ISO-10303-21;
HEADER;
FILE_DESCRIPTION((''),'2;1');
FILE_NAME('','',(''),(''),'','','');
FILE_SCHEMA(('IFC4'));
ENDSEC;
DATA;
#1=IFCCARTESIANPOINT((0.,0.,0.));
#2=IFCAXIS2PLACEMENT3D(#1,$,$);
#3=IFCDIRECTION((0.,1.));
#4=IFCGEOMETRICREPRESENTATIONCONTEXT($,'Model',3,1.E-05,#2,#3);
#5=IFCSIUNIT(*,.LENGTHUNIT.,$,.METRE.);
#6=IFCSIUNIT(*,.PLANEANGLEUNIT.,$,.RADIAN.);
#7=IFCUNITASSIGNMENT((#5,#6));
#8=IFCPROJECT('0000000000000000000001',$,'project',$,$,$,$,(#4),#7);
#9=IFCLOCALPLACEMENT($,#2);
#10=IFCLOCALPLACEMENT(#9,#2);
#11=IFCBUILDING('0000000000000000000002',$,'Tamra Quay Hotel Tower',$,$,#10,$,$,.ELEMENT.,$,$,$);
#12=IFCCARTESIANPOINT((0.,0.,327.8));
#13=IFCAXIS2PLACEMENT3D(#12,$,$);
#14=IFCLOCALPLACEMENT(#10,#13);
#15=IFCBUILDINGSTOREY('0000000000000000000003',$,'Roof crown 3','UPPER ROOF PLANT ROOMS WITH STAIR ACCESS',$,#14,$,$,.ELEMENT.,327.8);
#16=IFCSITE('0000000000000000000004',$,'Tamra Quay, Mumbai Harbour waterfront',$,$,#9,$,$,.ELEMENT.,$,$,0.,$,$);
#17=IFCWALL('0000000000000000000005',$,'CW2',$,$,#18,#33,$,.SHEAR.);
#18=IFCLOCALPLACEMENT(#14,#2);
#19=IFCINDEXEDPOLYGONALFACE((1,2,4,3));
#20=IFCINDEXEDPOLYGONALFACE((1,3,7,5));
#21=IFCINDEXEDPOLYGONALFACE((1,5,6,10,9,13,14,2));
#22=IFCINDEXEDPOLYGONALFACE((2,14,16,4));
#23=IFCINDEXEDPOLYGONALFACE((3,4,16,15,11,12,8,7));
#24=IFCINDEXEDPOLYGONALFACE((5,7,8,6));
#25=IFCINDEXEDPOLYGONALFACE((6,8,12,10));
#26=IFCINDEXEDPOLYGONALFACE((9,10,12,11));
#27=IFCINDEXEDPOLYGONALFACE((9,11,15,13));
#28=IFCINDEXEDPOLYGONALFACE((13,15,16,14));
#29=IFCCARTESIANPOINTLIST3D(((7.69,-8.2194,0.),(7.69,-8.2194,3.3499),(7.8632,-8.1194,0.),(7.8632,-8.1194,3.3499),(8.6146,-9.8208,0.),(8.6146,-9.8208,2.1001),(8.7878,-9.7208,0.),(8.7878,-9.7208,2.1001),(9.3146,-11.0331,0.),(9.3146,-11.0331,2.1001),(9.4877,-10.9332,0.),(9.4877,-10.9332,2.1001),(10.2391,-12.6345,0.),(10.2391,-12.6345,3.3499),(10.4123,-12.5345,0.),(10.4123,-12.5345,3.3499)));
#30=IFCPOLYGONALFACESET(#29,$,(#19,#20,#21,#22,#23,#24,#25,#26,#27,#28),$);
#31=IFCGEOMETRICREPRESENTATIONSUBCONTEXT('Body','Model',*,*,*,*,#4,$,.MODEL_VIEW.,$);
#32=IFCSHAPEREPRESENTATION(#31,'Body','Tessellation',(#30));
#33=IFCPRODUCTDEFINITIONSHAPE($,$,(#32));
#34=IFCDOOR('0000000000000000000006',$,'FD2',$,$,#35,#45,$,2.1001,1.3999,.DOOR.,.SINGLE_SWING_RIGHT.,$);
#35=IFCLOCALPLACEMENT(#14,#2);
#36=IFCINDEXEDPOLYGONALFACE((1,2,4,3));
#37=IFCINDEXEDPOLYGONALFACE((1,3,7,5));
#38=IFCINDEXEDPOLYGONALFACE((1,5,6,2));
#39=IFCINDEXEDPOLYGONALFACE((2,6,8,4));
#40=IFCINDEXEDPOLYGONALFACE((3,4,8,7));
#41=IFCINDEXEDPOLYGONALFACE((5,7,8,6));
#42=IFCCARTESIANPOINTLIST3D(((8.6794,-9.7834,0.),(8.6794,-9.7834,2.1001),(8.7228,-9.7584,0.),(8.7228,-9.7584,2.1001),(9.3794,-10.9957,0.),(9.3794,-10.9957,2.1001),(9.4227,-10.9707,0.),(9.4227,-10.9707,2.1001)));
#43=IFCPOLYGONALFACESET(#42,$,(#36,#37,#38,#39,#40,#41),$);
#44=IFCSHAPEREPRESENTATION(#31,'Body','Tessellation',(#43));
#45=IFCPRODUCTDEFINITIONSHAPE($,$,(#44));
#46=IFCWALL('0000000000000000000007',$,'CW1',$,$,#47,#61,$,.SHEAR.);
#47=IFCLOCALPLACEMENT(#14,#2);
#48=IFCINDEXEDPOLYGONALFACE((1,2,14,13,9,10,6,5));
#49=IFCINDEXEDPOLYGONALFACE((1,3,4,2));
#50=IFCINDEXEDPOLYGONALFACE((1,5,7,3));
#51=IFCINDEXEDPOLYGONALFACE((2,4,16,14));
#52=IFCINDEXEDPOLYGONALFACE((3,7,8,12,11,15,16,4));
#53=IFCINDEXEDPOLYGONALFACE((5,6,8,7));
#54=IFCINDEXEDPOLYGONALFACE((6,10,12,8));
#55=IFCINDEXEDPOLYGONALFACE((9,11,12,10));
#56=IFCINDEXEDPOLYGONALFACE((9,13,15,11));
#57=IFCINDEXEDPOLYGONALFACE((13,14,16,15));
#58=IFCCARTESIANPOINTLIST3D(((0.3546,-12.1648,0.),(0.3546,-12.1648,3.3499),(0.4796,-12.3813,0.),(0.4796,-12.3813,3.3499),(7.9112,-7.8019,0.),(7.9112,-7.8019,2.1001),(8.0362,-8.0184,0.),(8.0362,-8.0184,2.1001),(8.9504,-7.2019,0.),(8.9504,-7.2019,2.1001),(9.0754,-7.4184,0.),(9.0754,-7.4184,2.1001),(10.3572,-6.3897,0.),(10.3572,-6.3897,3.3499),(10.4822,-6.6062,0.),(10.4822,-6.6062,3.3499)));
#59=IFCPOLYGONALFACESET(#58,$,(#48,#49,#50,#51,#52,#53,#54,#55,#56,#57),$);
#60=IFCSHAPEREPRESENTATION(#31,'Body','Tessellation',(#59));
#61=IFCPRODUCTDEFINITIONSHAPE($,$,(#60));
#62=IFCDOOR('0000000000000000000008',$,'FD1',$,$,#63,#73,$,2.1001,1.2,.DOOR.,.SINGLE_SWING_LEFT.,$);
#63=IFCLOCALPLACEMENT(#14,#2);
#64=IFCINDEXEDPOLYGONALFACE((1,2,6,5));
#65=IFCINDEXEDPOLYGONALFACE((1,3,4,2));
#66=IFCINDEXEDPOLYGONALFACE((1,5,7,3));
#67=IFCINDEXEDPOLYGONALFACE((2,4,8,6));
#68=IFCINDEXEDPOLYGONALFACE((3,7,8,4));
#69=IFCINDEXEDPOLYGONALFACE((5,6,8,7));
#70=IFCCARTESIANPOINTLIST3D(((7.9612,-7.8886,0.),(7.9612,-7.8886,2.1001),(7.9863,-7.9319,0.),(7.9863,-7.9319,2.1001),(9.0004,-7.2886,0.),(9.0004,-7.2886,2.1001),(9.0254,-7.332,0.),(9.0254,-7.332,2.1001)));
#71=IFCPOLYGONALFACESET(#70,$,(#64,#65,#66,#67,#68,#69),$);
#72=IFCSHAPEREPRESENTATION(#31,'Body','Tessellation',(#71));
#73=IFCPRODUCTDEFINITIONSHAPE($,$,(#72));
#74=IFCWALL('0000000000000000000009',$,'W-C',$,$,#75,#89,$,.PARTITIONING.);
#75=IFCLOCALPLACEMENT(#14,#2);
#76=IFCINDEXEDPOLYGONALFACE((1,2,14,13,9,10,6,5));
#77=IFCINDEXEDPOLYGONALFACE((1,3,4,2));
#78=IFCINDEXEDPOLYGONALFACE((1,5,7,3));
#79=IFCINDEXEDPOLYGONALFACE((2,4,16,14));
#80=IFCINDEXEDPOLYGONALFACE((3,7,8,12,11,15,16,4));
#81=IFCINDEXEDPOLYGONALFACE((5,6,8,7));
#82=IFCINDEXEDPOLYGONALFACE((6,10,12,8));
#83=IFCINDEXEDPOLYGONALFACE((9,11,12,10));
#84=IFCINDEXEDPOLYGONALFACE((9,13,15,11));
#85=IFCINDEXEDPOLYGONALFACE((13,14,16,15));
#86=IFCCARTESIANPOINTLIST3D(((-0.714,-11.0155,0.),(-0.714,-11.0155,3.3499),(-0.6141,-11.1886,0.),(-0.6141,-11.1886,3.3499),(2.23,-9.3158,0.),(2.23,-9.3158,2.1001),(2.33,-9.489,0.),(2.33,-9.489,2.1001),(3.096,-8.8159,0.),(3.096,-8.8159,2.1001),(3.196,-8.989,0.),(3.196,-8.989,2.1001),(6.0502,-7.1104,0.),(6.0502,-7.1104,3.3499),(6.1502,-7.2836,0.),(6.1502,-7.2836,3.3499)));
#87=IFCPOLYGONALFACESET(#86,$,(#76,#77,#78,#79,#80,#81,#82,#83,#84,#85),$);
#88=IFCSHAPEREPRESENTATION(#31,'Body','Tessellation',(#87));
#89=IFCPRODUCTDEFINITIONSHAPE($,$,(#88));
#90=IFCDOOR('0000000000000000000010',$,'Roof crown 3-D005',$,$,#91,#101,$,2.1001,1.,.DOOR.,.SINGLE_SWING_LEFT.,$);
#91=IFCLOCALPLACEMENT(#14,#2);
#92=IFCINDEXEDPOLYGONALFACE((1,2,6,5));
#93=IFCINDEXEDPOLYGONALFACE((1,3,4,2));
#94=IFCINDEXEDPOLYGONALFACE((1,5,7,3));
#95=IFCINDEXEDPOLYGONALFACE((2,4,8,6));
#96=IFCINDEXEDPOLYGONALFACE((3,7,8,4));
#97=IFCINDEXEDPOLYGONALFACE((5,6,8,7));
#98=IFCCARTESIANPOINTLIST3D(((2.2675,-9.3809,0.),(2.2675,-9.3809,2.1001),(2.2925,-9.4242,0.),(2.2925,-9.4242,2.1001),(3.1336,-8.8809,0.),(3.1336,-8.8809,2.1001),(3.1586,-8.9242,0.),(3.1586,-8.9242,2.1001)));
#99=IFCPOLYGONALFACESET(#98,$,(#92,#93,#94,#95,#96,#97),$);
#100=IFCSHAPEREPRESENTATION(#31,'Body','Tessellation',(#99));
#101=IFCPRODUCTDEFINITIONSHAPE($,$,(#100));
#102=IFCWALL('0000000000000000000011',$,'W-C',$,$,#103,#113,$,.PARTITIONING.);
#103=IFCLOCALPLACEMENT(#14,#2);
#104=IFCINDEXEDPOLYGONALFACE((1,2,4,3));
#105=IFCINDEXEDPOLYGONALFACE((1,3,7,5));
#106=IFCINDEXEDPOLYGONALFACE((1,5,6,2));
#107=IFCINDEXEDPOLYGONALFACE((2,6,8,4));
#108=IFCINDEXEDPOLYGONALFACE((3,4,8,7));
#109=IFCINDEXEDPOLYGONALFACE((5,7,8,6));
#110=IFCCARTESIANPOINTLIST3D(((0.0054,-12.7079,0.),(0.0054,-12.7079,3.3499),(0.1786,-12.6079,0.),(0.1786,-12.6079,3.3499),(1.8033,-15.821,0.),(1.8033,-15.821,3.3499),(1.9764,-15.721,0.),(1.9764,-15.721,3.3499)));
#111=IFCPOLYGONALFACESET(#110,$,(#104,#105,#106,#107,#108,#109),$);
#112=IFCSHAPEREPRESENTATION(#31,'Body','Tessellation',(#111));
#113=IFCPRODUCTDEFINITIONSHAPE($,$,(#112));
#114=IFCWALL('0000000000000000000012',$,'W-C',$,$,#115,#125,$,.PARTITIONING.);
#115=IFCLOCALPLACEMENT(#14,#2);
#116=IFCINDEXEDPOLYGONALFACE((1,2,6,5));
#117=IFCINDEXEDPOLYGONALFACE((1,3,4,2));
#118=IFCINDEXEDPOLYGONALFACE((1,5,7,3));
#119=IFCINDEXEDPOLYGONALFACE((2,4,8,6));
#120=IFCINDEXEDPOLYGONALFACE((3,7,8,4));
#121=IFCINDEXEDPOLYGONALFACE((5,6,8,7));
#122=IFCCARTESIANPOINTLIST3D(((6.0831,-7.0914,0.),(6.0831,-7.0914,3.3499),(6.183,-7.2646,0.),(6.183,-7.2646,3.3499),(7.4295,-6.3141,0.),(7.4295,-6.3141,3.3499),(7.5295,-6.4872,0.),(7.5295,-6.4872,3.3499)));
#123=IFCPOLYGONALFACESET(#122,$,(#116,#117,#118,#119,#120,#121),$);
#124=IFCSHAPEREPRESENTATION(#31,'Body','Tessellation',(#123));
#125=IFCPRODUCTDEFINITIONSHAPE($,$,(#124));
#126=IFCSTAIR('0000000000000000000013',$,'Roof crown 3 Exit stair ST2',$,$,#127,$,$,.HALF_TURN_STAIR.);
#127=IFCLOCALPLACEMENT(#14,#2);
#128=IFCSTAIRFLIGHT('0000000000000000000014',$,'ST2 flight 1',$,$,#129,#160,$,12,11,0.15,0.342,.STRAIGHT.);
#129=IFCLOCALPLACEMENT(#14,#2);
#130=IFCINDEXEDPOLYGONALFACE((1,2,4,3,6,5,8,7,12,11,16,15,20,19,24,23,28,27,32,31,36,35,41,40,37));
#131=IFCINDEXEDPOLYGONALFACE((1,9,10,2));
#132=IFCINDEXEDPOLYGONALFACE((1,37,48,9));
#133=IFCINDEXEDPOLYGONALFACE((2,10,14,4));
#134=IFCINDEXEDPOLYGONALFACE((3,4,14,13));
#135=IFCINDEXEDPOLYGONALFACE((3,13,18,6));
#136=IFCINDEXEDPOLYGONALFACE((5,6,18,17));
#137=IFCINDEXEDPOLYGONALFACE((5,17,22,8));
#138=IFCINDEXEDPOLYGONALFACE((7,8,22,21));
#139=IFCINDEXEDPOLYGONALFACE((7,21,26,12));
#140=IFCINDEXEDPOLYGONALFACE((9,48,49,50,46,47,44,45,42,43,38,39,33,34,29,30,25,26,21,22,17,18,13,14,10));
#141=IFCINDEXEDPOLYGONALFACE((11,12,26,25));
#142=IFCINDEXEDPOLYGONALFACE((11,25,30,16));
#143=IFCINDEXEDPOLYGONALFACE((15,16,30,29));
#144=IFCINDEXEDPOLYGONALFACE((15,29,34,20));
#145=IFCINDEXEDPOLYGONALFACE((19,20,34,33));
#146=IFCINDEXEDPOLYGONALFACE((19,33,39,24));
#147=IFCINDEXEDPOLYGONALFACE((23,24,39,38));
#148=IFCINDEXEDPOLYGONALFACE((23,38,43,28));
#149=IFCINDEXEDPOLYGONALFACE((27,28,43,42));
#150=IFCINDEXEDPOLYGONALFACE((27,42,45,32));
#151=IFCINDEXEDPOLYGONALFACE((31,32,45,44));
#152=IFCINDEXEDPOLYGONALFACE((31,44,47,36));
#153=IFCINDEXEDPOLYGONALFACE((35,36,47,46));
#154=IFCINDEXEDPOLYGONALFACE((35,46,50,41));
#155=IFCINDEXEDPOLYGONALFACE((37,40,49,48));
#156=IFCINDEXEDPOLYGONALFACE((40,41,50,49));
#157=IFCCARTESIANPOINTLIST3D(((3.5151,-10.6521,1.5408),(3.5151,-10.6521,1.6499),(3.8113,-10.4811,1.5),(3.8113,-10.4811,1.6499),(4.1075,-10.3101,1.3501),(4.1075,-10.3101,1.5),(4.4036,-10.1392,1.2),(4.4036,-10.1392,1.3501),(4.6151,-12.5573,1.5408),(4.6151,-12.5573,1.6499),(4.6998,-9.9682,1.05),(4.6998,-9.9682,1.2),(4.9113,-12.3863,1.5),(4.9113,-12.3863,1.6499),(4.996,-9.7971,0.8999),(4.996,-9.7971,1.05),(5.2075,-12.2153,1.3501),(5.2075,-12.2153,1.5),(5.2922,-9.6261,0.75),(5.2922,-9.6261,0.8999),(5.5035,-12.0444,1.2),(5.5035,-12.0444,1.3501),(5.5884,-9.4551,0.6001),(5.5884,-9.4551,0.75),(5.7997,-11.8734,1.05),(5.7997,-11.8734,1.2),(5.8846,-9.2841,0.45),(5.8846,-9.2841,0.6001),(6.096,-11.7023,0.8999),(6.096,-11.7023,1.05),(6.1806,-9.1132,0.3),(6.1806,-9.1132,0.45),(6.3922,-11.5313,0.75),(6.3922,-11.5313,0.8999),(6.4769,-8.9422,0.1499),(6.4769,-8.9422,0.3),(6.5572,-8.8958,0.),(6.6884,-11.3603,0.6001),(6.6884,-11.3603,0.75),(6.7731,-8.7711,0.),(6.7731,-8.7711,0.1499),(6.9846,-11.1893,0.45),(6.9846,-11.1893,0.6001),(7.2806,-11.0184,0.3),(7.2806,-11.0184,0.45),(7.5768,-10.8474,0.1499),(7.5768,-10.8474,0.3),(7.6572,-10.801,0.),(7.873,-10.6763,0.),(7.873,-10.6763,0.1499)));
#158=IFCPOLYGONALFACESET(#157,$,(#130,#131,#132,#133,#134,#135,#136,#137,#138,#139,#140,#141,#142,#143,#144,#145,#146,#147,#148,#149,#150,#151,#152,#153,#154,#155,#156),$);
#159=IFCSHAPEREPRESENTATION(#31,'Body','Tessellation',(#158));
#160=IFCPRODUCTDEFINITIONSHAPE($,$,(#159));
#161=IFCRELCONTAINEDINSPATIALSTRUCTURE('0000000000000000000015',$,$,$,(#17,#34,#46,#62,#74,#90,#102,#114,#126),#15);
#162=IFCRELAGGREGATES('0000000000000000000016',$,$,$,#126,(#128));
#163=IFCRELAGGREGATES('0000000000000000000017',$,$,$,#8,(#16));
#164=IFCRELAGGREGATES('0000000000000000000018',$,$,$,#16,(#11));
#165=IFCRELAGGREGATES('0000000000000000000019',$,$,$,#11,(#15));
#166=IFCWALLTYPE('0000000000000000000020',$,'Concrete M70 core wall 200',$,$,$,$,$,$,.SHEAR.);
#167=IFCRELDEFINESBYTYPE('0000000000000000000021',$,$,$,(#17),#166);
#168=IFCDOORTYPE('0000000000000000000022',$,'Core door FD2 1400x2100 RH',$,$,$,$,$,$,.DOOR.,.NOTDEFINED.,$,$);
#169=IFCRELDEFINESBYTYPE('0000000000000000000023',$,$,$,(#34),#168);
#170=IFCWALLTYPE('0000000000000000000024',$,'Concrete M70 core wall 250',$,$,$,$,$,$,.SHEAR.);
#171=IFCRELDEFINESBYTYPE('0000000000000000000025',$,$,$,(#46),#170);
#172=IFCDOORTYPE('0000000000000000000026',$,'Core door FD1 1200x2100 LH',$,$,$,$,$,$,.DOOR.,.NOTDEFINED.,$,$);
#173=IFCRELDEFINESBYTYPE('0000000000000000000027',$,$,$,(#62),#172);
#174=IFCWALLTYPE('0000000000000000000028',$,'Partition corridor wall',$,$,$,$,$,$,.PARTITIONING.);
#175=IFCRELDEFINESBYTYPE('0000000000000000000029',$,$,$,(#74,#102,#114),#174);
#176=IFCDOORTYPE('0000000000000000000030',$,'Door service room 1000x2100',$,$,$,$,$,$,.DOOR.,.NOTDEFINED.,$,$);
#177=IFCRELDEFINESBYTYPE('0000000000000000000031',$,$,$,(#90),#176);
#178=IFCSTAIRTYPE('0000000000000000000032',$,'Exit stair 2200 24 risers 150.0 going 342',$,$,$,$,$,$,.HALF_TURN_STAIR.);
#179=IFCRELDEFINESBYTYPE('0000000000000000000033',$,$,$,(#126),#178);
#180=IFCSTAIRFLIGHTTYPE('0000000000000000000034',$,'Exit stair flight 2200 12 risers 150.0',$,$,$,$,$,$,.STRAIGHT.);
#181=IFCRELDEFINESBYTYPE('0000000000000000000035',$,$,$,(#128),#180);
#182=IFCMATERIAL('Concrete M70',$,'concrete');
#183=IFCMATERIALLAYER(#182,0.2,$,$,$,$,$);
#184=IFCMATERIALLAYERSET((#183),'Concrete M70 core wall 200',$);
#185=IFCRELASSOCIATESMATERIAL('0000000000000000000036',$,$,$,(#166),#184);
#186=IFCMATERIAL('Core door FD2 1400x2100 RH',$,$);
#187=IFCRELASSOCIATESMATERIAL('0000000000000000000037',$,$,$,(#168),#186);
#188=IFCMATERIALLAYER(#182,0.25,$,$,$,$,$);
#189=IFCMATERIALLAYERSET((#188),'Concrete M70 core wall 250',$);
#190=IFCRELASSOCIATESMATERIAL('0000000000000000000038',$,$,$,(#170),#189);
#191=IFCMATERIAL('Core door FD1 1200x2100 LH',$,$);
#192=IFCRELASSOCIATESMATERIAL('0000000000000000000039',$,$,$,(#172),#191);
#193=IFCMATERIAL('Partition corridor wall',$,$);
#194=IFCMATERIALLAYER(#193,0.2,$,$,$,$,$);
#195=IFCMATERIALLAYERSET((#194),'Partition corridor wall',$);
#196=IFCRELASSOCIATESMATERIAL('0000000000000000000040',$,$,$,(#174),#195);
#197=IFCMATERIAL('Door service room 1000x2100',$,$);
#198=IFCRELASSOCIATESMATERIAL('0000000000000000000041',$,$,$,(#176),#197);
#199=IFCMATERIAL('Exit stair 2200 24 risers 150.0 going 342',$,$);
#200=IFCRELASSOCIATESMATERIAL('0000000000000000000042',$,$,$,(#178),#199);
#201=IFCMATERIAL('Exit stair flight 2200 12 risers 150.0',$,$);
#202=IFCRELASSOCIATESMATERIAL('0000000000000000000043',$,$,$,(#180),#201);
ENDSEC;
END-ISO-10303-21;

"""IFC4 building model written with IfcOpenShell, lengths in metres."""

from ifc_helpers import new_model, si_unit, direction, frame, frame_2d, origin, place, context, subcontext, project, spatial, polyline, rectangle, outline, extrude, material, layer, layer_set, type_object, element, fill, aggregate, save


model = new_model("IFC4")

# Units and contexts
model_context = context("Model", 3, precision=1e-05, world=origin(), true_north=direction((0.0, 1.0)))
body_context = subcontext(model_context, "Body", "Model", "MODEL_VIEW")
ifc_project = project(units=[si_unit("LENGTHUNIT", "METRE"), si_unit("PLANEANGLEUNIT", "RADIAN")], contexts=[model_context])

# Site, building, storey
site_placement = place(None, origin())
site = spatial("IfcSite", under=ifc_project, at=site_placement, Name="Tamra Quay, Mumbai Harbour waterfront", CompositionType="ELEMENT", RefElevation=0.0)
building_placement = place(site_placement, origin())
building = spatial("IfcBuilding", under=site, at=building_placement, Name="Tamra Quay Hotel Tower", CompositionType="ELEMENT")
storey_placement = place(building_placement, frame((0.0, 0.0, 327.8)))
storey = spatial("IfcBuildingStorey", under=building, at=storey_placement, Name="Roof crown 3", Description="UPPER ROOF PLANT ROOMS WITH STAIR ACCESS", CompositionType="ELEMENT", Elevation=327.8)

# Walls, openings, doors
ifc_material_1 = material(Name="Concrete M70", Category="concrete")
ifc_layer_1 = layer(ifc_material_1, 0.2)
ifc_layer_set_1 = layer_set([ifc_layer_1], Name="Concrete M70 core wall 200")
wall_type_1 = type_object("IfcWallType", Name="Concrete M70 core wall 200", PredefinedType="SHEAR", material=ifc_layer_set_1)
wall_1_placement = place(storey_placement, frame((7.7766, -8.1694, 0.0), z_axis=(0.0, 0.0, 1.0), x_axis=(0.500007, -0.866021, 0.0)))
wall_1 = element("IfcWall", 1, at=wall_1_placement, inside=storey, type_object=wall_type_1, Name="CW2", PredefinedType="SHEAR", context=body_context, shape_type="SweptSolid", body=[
    extrude(rectangle(XDim=5.0981, YDim=0.2, at=frame_2d((2.5491, 0.0))), origin(), (0.0, 0.0, 1.0), 3.3499),
])
opening_1_placement = place(wall_1_placement, frame((1.8491, 0.0, 0.0)))
opening_1 = element("IfcOpeningElement", 2, at=opening_1_placement, cuts=wall_1, PredefinedType="OPENING", context=body_context, shape_type="SweptSolid", body=[
    extrude(rectangle(XDim=1.3999, YDim=2.1001, at=frame_2d((0.7, 1.05))), frame((0.0, 0.1099, 0.0), z_axis=(0.0, -1.0, 0.0), x_axis=(1.0, 0.0, 0.0)), (0.0, 0.0, 1.0), 0.22),
])
ifc_material_2 = material(Name="Core door FD2 1400x2100 RH")
door_type_1 = type_object("IfcDoorType", Name="Core door FD2 1400x2100 RH", OperationType="NOTDEFINED", PredefinedType="DOOR", material=ifc_material_2)
door_1_placement = place(opening_1_placement, origin())
door_1 = element("IfcDoor", 3, at=door_1_placement, inside=storey, type_object=door_type_1, Name="FD2", OperationType="SINGLE_SWING_RIGHT", OverallHeight=2.1001, OverallWidth=1.3999, PredefinedType="DOOR", context=body_context, shape_type="SweptSolid", body=[
    extrude(rectangle(XDim=1.3999, YDim=2.1001, at=frame_2d((0.7, 1.05))), frame((0.0, 0.0249, 0.0), z_axis=(0.0, -1.0, 0.0), x_axis=(1.0, 0.0, 0.0)), (0.0, 0.0, 1.0), 0.05),
])
fill(opening_1, door_1)
ifc_layer_2 = layer(ifc_material_1, 0.25)
ifc_layer_set_2 = layer_set([ifc_layer_2], Name="Concrete M70 core wall 250")
wall_type_2 = type_object("IfcWallType", Name="Concrete M70 core wall 250", PredefinedType="SHEAR", material=ifc_layer_set_2)
wall_2_placement = place(storey_placement, frame((0.4172, -12.2729, 0.0), z_axis=(0.0, 0.0, 1.0), x_axis=(0.866022, 0.500006, 0.0)))
wall_2 = element("IfcWall", 4, at=wall_2_placement, inside=storey, type_object=wall_type_2, Name="CW1", PredefinedType="SHEAR", context=body_context, shape_type="SweptSolid", body=[
    extrude(rectangle(XDim=11.55, YDim=0.25, at=frame_2d((5.7749, 0.0))), origin(), (0.0, 0.0, 1.0), 3.3499),
])
opening_2_placement = place(wall_2_placement, frame((8.7253, 0.0, 0.0)))
opening_2 = element("IfcOpeningElement", 5, at=opening_2_placement, cuts=wall_2, PredefinedType="OPENING", context=body_context, shape_type="SweptSolid", body=[
    extrude(rectangle(XDim=1.2, YDim=2.1001, at=frame_2d((0.6001, 1.05))), frame((0.0, 0.135, 0.0), z_axis=(0.0, -1.0, 0.0), x_axis=(1.0, 0.0, 0.0)), (0.0, 0.0, 1.0), 0.27),
])
ifc_material_3 = material(Name="Core door FD1 1200x2100 LH")
door_type_2 = type_object("IfcDoorType", Name="Core door FD1 1200x2100 LH", OperationType="NOTDEFINED", PredefinedType="DOOR", material=ifc_material_3)
door_2_placement = place(opening_2_placement, origin())
door_2 = element("IfcDoor", 6, at=door_2_placement, inside=storey, type_object=door_type_2, Name="FD1", OperationType="SINGLE_SWING_LEFT", OverallHeight=2.1001, OverallWidth=1.2, PredefinedType="DOOR", context=body_context, shape_type="SweptSolid", body=[
    extrude(rectangle(XDim=1.2, YDim=2.1001, at=frame_2d((0.6001, 1.05))), frame((0.0, 0.0249, 0.0), z_axis=(0.0, -1.0, 0.0), x_axis=(1.0, 0.0, 0.0)), (0.0, 0.0, 1.0), 0.05),
])
fill(opening_2, door_2)
ifc_material_4 = material(Name="Partition corridor wall")
ifc_layer_3 = layer(ifc_material_4, 0.2)
ifc_layer_set_3 = layer_set([ifc_layer_3], Name="Partition corridor wall")
wall_type_3 = type_object("IfcWallType", Name="Partition corridor wall", PredefinedType="PARTITIONING", material=ifc_layer_set_3)
wall_3_placement = place(storey_placement, frame((-0.6641, -11.1021, 0.0), z_axis=(0.0, 0.0, 1.0), x_axis=(0.86604, 0.499975, 0.0)))
wall_3 = element("IfcWall", 7, at=wall_3_placement, inside=storey, type_object=wall_type_3, Name="W-C", PredefinedType="PARTITIONING", context=body_context, shape_type="SweptSolid", body=[
    extrude(rectangle(XDim=7.8105, YDim=0.2, at=frame_2d((3.9053, 0.0))), origin(), (0.0, 0.0, 1.0), 3.3499),
])
opening_3_placement = place(wall_3_placement, frame((3.3994, 0.0, 0.0)))
opening_3 = element("IfcOpeningElement", 8, at=opening_3_placement, cuts=wall_3, PredefinedType="OPENING", context=body_context, shape_type="SweptSolid", body=[
    extrude(rectangle(XDim=1.0, YDim=2.1001, at=frame_2d((0.5, 1.05))), frame((0.0, 0.1099, 0.0), z_axis=(0.0, -1.0, 0.0), x_axis=(1.0, 0.0, 0.0)), (0.0, 0.0, 1.0), 0.22),
])
ifc_material_5 = material(Name="Door service room 1000x2100")
door_type_3 = type_object("IfcDoorType", Name="Door service room 1000x2100", OperationType="NOTDEFINED", PredefinedType="DOOR", material=ifc_material_5)
door_3_placement = place(opening_3_placement, origin())
door_3 = element("IfcDoor", 9, at=door_3_placement, inside=storey, type_object=door_type_3, Name="Roof crown 3-D005", OperationType="SINGLE_SWING_LEFT", OverallHeight=2.1001, OverallWidth=1.0, PredefinedType="DOOR", context=body_context, shape_type="SweptSolid", body=[
    extrude(rectangle(XDim=1.0, YDim=2.1001, at=frame_2d((0.5, 1.05))), frame((0.0, 0.0249, 0.0), z_axis=(0.0, -1.0, 0.0), x_axis=(1.0, 0.0, 0.0)), (0.0, 0.0, 1.0), 0.05),
])
fill(opening_3, door_3)

# Walls
wall_4_placement = place(storey_placement, frame((0.092, -12.658, 0.0), z_axis=(0.0, 0.0, 1.0), x_axis=(0.500112, -0.865961, 0.0)))
element("IfcWall", 10, at=wall_4_placement, inside=storey, type_object=wall_type_3, Name="W-C", PredefinedType="PARTITIONING", context=body_context, shape_type="SweptSolid", body=[
    extrude(rectangle(XDim=3.595, YDim=0.2, at=frame_2d((1.7974, 0.0))), origin(), (0.0, 0.0, 1.0), 3.3499),
])
wall_5_placement = place(storey_placement, frame((6.1331, -7.178, 0.0), z_axis=(0.0, 0.0, 1.0), x_axis=(0.866031, 0.49999, 0.0)))
element("IfcWall", 11, at=wall_5_placement, inside=storey, type_object=wall_type_3, Name="W-C", PredefinedType="PARTITIONING", context=body_context, shape_type="SweptSolid", body=[
    extrude(rectangle(XDim=1.5547, YDim=0.2, at=frame_2d((0.7773, 0.0))), origin(), (0.0, 0.0, 1.0), 3.3499),
])

# Stair, stair flight
ifc_material_6 = material(Name="Exit stair 2200 24 risers 150.0 going 342")
stair_type = type_object("IfcStairType", Name="Exit stair 2200 24 risers 150.0 going 342", PredefinedType="HALF_TURN_STAIR", material=ifc_material_6)
stair_placement = place(storey_placement, origin())
stair = element("IfcStair", 12, at=stair_placement, inside=storey, type_object=stair_type, Name="Roof crown 3 Exit stair ST2", PredefinedType="HALF_TURN_STAIR")
ifc_material_7 = material(Name="Exit stair flight 2200 12 risers 150.0")
stair_flight_type = type_object("IfcStairFlightType", Name="Exit stair flight 2200 12 risers 150.0", PredefinedType="STRAIGHT", material=ifc_material_7)
stair_flight_placement = place(storey_placement, frame((7.323, -9.7236, 0.0), z_axis=(0.0, 0.0, 1.0), x_axis=(-0.866025, -0.5, 0.0)))
stair_flight = element("IfcStairFlight", 13, at=stair_flight_placement, type_object=stair_flight_type, Name="ST2 flight 1", NumberOfRisers=12, NumberOfTreads=11, PredefinedType="STRAIGHT", RiserHeight=0.15, TreadLength=0.342, context=body_context, shape_type="SweptSolid", body=[
    extrude(outline(polyline([(0.0, 0.0), (0.0, 0.1499), (0.342, 0.1499), (0.342, 0.3), (0.6841, 0.3), (0.6841, 0.45), (1.0259, 0.45), (1.0259, 0.6001), (1.3679, 0.6001), (1.3679, 0.75), (1.71, 0.75), (1.71, 0.8999), (2.052, 0.8999), (2.052, 1.05), (2.394, 1.05), (2.394, 1.2), (2.7361, 1.2), (2.7361, 1.3501), (3.0779, 1.3501), (3.0779, 1.5), (3.4199, 1.5), (3.4199, 1.6499), (3.762, 1.6499), (3.762, 1.8), (3.762, 1.5408), (0.2493, 0.0), (0.0, 0.0)])), frame((0.0, 1.1001, 0.0), z_axis=(0.0, -1.0, 0.0), x_axis=(1.0, 0.0, 0.0)), (0.0, 0.0, 1.0), 2.2),
])
aggregate(stair, [stair_flight])

save(model, "model.ifc")
